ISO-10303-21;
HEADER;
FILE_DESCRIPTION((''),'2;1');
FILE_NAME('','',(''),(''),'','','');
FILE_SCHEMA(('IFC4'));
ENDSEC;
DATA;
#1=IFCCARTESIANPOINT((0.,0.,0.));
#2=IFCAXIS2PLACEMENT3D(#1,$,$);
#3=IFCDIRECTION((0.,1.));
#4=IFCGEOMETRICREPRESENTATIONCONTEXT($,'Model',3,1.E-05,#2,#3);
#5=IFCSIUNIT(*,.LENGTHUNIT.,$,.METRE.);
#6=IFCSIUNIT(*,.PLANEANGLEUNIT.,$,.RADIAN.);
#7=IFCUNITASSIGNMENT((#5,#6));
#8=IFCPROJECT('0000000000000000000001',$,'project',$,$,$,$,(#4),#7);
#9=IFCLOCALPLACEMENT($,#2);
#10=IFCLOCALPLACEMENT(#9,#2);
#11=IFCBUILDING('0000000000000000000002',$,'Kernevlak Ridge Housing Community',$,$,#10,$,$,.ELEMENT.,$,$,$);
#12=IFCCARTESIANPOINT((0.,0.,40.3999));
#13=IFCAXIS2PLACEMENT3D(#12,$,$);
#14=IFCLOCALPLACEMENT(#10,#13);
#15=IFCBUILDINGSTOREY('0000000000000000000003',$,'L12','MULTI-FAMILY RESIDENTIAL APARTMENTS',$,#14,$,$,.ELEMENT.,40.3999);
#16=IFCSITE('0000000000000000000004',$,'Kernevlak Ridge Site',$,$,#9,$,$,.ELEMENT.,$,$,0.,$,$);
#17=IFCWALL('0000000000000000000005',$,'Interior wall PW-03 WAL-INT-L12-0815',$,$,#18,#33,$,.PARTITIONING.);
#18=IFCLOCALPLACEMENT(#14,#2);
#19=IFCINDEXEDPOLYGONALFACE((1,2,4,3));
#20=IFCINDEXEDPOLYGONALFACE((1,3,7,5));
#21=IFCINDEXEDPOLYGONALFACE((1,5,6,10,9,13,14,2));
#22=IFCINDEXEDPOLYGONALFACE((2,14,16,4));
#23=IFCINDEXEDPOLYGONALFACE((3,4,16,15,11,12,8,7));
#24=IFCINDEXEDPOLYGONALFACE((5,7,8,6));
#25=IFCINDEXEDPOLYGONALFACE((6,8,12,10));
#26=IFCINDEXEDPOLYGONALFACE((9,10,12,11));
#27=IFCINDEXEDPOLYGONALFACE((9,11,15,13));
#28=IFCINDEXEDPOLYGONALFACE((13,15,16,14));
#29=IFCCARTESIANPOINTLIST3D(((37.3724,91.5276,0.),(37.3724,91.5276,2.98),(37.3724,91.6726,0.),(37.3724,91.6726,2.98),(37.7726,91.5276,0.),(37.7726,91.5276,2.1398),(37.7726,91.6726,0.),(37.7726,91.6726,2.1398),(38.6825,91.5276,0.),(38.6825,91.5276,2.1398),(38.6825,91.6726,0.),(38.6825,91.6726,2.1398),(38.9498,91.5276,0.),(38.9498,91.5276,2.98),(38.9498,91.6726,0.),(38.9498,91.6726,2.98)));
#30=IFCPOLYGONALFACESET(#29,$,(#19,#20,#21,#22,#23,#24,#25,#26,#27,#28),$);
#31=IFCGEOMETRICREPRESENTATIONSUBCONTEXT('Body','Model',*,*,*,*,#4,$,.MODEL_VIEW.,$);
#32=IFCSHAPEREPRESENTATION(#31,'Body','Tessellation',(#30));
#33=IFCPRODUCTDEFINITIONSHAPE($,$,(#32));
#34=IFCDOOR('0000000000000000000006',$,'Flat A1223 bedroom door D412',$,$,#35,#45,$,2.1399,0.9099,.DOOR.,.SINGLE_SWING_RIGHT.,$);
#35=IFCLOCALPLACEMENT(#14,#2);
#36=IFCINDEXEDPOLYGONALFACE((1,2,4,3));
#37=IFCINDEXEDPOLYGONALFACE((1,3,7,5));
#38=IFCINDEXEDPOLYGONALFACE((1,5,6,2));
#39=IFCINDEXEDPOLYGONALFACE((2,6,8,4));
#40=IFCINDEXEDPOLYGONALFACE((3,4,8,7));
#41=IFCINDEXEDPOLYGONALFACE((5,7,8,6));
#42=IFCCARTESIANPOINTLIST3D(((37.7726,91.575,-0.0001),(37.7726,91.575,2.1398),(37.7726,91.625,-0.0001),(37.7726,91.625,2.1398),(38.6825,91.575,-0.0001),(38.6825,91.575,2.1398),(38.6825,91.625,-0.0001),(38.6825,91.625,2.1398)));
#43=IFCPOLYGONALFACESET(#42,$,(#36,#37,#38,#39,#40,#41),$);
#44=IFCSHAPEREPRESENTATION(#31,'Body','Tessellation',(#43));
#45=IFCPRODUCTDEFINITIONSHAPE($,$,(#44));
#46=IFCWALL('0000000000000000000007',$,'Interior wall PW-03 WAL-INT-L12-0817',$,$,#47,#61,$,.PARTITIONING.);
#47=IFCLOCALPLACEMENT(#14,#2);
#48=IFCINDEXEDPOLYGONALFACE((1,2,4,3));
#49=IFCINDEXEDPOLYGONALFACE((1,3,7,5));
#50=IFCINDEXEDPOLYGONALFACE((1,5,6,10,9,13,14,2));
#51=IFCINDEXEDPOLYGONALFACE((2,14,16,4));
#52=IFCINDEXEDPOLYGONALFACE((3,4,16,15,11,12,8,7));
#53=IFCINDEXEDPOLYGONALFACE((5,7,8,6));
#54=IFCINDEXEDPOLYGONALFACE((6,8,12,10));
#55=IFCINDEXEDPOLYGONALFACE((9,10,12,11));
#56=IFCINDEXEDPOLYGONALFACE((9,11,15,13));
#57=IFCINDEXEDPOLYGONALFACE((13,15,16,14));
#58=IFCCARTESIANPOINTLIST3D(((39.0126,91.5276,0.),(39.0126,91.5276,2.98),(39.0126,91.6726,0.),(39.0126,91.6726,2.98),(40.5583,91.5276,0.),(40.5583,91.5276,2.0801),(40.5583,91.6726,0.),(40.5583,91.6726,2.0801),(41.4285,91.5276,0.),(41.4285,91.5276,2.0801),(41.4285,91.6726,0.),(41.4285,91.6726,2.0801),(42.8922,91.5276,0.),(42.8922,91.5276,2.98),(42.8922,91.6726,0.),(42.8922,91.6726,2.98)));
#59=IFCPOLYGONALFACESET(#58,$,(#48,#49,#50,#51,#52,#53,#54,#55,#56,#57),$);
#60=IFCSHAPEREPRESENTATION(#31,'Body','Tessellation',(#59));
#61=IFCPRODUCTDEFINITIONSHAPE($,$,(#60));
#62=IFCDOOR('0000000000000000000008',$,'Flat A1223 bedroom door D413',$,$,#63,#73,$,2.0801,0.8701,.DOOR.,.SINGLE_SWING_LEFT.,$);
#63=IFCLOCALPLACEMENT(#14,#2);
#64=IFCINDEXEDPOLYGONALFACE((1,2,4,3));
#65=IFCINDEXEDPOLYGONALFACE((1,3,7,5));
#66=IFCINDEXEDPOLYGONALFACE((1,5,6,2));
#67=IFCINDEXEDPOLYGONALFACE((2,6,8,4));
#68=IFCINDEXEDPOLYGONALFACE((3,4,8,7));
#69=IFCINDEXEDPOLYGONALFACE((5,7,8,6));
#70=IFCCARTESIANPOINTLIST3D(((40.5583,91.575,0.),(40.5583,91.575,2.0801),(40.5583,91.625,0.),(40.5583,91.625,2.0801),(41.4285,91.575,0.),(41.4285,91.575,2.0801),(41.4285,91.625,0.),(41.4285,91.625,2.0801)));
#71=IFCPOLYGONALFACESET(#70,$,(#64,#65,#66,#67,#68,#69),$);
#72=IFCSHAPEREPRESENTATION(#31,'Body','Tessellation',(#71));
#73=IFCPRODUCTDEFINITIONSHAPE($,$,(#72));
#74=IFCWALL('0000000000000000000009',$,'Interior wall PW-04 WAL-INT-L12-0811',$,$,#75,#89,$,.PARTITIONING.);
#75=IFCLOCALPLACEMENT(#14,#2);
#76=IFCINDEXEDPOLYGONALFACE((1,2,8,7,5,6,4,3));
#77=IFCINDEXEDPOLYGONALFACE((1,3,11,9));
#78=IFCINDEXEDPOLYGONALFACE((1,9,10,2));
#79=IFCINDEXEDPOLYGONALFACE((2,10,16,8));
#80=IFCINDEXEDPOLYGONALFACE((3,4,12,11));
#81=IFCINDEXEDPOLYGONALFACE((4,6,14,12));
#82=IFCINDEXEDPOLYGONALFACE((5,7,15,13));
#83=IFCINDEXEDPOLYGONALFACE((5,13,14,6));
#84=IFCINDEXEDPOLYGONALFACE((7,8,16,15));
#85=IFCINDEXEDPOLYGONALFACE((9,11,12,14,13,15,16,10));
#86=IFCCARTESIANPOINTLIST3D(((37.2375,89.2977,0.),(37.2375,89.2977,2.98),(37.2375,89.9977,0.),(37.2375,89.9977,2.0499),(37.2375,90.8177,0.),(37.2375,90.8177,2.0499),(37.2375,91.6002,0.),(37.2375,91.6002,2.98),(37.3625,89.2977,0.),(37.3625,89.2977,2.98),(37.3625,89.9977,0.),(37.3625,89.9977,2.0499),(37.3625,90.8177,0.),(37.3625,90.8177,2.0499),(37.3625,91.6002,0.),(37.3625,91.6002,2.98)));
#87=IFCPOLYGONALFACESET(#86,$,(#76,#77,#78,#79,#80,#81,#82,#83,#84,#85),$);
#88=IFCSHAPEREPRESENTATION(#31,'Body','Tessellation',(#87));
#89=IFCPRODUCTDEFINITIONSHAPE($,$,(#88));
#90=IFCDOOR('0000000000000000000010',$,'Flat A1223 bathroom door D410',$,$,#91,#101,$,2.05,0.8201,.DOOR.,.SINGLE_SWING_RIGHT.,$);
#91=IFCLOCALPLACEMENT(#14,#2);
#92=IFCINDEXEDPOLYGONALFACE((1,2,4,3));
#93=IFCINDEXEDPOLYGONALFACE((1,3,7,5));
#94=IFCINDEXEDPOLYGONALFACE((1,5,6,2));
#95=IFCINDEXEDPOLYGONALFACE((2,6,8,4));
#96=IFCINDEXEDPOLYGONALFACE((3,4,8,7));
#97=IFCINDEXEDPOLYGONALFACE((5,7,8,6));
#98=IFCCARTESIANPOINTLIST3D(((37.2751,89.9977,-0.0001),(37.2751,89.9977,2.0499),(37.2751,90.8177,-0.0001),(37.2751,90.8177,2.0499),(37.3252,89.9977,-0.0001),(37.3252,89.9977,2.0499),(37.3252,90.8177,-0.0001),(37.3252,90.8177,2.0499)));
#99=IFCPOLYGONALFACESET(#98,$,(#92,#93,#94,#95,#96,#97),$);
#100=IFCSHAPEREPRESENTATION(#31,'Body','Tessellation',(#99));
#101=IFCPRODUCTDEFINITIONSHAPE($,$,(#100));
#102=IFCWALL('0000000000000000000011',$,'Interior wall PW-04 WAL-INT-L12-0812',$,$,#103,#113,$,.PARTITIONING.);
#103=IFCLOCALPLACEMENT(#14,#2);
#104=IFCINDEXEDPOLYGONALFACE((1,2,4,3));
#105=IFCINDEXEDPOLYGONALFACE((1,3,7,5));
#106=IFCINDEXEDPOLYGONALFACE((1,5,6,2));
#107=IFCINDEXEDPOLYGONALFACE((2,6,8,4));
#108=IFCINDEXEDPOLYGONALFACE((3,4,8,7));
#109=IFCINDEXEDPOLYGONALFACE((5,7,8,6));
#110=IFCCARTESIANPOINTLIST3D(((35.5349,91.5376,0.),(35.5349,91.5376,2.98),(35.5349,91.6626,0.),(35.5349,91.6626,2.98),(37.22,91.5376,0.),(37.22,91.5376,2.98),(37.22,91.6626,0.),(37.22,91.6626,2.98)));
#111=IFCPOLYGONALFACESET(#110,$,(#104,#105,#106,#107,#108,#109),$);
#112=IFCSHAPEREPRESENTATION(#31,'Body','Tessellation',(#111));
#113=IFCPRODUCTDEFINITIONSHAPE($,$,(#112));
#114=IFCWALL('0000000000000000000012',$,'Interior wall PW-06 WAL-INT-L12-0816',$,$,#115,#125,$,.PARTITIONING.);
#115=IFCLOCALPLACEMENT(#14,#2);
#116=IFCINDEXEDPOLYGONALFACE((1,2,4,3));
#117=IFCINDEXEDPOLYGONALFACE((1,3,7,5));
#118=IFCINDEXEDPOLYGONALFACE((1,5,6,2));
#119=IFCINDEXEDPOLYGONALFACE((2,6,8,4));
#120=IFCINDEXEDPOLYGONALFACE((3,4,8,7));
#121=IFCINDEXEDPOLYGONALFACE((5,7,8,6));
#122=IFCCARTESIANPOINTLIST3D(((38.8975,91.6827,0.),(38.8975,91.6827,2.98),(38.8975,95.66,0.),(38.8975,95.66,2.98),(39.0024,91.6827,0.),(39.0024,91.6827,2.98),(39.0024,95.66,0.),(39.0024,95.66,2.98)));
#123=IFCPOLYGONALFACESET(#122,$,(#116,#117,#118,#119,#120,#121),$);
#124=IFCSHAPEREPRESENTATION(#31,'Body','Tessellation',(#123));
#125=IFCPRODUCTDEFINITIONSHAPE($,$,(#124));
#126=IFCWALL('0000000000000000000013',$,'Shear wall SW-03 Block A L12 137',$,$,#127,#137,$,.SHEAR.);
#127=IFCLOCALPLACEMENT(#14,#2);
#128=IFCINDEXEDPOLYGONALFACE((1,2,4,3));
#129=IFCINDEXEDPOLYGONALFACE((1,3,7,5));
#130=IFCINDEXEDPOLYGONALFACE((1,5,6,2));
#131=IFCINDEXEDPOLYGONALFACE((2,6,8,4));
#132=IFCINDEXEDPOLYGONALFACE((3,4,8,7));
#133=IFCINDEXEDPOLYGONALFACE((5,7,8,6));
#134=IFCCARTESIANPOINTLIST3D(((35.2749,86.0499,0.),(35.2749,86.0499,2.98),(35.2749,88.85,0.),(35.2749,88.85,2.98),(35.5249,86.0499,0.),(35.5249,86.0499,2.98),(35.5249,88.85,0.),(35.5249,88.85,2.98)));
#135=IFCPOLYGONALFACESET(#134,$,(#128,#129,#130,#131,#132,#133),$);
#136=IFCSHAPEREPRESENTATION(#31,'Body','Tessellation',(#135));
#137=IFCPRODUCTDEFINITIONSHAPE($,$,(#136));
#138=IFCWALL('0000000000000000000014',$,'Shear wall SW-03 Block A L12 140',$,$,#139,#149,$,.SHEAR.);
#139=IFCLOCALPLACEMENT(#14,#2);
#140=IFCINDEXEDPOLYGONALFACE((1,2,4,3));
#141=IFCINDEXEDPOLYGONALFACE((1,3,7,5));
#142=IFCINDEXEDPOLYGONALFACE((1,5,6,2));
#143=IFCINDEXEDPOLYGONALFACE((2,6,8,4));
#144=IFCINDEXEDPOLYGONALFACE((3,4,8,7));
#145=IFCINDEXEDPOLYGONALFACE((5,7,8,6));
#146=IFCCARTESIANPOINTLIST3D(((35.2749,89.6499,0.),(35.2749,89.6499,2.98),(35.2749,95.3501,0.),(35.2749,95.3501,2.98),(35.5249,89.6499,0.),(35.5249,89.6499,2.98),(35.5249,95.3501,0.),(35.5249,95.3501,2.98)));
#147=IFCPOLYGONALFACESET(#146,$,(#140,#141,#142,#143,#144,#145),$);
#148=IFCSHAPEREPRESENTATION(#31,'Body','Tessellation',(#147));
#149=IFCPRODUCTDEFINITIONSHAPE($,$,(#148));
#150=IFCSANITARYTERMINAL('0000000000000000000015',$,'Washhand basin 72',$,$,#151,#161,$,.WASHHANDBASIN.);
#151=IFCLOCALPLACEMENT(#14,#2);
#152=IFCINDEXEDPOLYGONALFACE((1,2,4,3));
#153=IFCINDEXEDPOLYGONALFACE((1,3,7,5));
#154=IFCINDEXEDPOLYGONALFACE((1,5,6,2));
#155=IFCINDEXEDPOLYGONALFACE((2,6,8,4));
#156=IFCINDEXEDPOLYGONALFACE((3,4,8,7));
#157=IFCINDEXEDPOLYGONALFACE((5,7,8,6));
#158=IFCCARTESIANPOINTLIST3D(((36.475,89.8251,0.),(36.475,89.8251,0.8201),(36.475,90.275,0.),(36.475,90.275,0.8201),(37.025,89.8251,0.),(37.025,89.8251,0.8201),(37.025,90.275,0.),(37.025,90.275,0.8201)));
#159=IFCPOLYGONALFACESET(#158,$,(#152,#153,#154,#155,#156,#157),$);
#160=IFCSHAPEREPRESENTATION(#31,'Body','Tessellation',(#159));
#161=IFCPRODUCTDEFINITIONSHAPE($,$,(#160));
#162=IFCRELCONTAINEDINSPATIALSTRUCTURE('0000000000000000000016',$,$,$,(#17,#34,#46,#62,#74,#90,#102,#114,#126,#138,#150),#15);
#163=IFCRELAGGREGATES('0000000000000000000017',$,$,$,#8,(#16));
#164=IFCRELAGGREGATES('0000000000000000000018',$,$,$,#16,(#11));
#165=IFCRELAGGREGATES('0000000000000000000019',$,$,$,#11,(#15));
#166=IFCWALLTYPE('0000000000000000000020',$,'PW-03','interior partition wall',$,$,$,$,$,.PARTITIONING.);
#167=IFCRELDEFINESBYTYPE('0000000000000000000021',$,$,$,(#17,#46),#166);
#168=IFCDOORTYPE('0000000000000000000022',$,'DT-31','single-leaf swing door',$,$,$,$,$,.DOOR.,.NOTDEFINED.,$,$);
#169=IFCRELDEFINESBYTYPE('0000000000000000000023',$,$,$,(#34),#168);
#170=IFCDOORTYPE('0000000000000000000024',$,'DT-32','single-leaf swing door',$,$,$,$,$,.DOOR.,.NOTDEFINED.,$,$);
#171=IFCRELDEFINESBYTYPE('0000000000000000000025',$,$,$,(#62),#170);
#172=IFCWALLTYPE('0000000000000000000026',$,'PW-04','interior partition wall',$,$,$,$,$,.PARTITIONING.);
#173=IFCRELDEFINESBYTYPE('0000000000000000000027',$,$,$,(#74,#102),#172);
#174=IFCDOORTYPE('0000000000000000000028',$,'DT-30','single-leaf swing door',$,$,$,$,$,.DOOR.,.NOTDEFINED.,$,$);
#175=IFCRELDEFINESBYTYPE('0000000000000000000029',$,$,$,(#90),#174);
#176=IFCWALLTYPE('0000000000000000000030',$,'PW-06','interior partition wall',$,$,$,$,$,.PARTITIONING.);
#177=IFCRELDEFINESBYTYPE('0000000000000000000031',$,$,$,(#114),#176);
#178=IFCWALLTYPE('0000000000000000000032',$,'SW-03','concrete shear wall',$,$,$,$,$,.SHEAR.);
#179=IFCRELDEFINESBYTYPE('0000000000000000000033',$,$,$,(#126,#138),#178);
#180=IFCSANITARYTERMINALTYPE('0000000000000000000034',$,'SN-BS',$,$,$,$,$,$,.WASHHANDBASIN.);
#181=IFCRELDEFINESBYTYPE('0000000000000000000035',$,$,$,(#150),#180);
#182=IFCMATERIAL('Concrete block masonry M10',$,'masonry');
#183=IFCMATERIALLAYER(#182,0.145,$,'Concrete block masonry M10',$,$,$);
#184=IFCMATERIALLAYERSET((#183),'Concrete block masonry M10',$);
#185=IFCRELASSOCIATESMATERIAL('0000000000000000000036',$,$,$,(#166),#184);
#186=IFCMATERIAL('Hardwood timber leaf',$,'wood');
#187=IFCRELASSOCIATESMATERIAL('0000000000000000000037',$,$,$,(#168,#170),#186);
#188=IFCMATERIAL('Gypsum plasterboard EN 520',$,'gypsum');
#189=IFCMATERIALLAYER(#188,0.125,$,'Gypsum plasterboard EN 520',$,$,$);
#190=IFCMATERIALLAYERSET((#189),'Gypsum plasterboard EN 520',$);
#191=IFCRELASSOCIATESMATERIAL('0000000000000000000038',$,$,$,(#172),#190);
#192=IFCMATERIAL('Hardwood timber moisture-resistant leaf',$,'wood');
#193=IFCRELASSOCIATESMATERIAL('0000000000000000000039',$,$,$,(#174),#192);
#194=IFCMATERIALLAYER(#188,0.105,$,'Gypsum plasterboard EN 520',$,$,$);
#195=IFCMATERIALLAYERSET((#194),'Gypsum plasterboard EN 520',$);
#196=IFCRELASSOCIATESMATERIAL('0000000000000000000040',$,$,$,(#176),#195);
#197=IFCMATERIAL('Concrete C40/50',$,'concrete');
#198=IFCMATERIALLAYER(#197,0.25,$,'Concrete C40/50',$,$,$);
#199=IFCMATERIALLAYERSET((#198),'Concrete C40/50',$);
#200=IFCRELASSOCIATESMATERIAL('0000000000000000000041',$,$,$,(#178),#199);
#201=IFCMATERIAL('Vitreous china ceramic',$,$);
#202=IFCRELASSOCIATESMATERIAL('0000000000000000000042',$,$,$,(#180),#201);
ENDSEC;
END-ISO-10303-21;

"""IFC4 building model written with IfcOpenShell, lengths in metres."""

from ifc_helpers import new_model, si_unit, direction, frame, frame_2d, origin, origin_2d, place, context, subcontext, project, spatial, rectangle, extrude, material, layer, layer_set, type_object, element, fill, save


model = new_model("IFC4")

# Units and contexts
model_context = context("Model", 3, precision=1e-05, world=origin(), true_north=direction((0.0, 1.0)))
body_context = subcontext(model_context, "Body", "Model", "MODEL_VIEW")
ifc_project = project(units=[si_unit("LENGTHUNIT", "METRE"), si_unit("PLANEANGLEUNIT", "RADIAN")], contexts=[model_context])

# Site, building, storey
site_placement = place(None, origin())
site = spatial("IfcSite", under=ifc_project, at=site_placement, Name="Kernevlak Ridge Site", CompositionType="ELEMENT", RefElevation=0.0)
building_placement = place(site_placement, origin())
building = spatial("IfcBuilding", under=site, at=building_placement, Name="Kernevlak Ridge Housing Community", CompositionType="ELEMENT")
storey_placement = place(building_placement, frame((0.0, 0.0, 40.3999)))
storey = spatial("IfcBuildingStorey", under=building, at=storey_placement, Name="L12", Description="MULTI-FAMILY RESIDENTIAL APARTMENTS", CompositionType="ELEMENT", Elevation=40.3999)

# Shared definitions
ifc_material_1 = material(Name="Concrete block masonry M10", Category="masonry")

# Shared definitions
ifc_layer_1 = layer(ifc_material_1, 0.145, Name="Concrete block masonry M10")
ifc_layer_set_1 = layer_set([ifc_layer_1], Name="Concrete block masonry M10")
wall_type_1 = type_object("IfcWallType", Name="PW-03", Description="interior partition wall", PredefinedType="PARTITIONING", material=ifc_layer_set_1)

# Walls, openings, doors
wall_1_placement = place(storey_placement, frame((37.3726, 91.6001, 0.0), z_axis=(0.0, 0.0, 1.0), x_axis=(1.0, 0.0, 0.0)))
wall_1 = element("IfcWall", 1, at=wall_1_placement, inside=storey, type_object=wall_type_1, Name="Interior wall PW-03 WAL-INT-L12-0815", PredefinedType="PARTITIONING", context=body_context, shape_type="SweptSolid", body=[
    extrude(rectangle(XDim=1.5774, YDim=0.145, at=frame_2d((0.7886, 0.0))), origin(), (0.0, 0.0, 1.0), 2.98),
])
opening_1_placement = place(wall_1_placement, frame((0.3999, 0.0, 0.0)))
opening_1 = element("IfcOpeningElement", 2, at=opening_1_placement, cuts=wall_1, PredefinedType="OPENING", context=body_context, shape_type="SweptSolid", body=[
    extrude(rectangle(XDim=0.9099, YDim=2.1399, at=frame_2d((0.4551, 1.0698))), frame((0.0, 0.0825, 0.0), z_axis=(0.0, -1.0, 0.0), x_axis=(1.0, 0.0, 0.0)), (0.0, 0.0, 1.0), 0.165),
])
ifc_material_2 = material(Name="Hardwood timber leaf", Category="wood")
door_type_1 = type_object("IfcDoorType", Name="DT-31", Description="single-leaf swing door", OperationType="NOTDEFINED", PredefinedType="DOOR", material=ifc_material_2)
door_1_placement = place(opening_1_placement, origin())
door_1 = element("IfcDoor", 3, at=door_1_placement, inside=storey, type_object=door_type_1, Name="Flat A1223 bedroom door D412", OperationType="SINGLE_SWING_RIGHT", OverallHeight=2.1399, OverallWidth=0.9099, PredefinedType="DOOR", context=body_context, shape_type="SweptSolid", body=[
    extrude(rectangle(XDim=0.9099, YDim=2.1399, at=frame_2d((0.4551, 1.0698))), frame((0.0, 0.0249, 0.0), z_axis=(0.0, -1.0, 0.0), x_axis=(1.0, 0.0, 0.0)), (0.0, 0.0, 1.0), 0.05),
])
fill(opening_1, door_1)
wall_2_placement = place(storey_placement, frame((39.0125, 91.6001, 0.0), z_axis=(0.0, 0.0, 1.0), x_axis=(1.0, 0.0, 0.0)))
wall_2 = element("IfcWall", 4, at=wall_2_placement, inside=storey, type_object=wall_type_1, Name="Interior wall PW-03 WAL-INT-L12-0817", PredefinedType="PARTITIONING", context=body_context, shape_type="SweptSolid", body=[
    extrude(rectangle(XDim=3.8796, YDim=0.145, at=frame_2d((1.9399, 0.0))), origin(), (0.0, 0.0, 1.0), 2.98),
])
opening_2_placement = place(wall_2_placement, frame((1.5459, 0.0, 0.0)))
opening_2 = element("IfcOpeningElement", 5, at=opening_2_placement, cuts=wall_2, PredefinedType="OPENING", context=body_context, shape_type="SweptSolid", body=[
    extrude(rectangle(XDim=0.8701, YDim=2.0801, at=frame_2d((0.4351, 1.04))), frame((0.0, 0.0825, 0.0), z_axis=(0.0, -1.0, 0.0), x_axis=(1.0, 0.0, 0.0)), (0.0, 0.0, 1.0), 0.165),
])
door_type_2 = type_object("IfcDoorType", Name="DT-32", Description="single-leaf swing door", OperationType="NOTDEFINED", PredefinedType="DOOR", material=ifc_material_2)
door_2_placement = place(opening_2_placement, origin())
door_2 = element("IfcDoor", 6, at=door_2_placement, inside=storey, type_object=door_type_2, Name="Flat A1223 bedroom door D413", OperationType="SINGLE_SWING_LEFT", OverallHeight=2.0801, OverallWidth=0.8701, PredefinedType="DOOR", context=body_context, shape_type="SweptSolid", body=[
    extrude(rectangle(XDim=0.8701, YDim=2.0801, at=frame_2d((0.4351, 1.04))), frame((0.0, 0.0249, 0.0), z_axis=(0.0, -1.0, 0.0), x_axis=(1.0, 0.0, 0.0)), (0.0, 0.0, 1.0), 0.05),
])
fill(opening_2, door_2)
ifc_material_3 = material(Name="Gypsum plasterboard EN 520", Category="gypsum")
ifc_layer_2 = layer(ifc_material_3, 0.125, Name="Gypsum plasterboard EN 520")
ifc_layer_set_2 = layer_set([ifc_layer_2], Name="Gypsum plasterboard EN 520")
wall_type_2 = type_object("IfcWallType", Name="PW-04", Description="interior partition wall", PredefinedType="PARTITIONING", material=ifc_layer_set_2)
wall_3_placement = place(storey_placement, frame((37.3, 89.2976, 0.0), z_axis=(0.0, 0.0, 1.0), x_axis=(0.0, 1.0, 0.0)))
wall_3 = element("IfcWall", 7, at=wall_3_placement, inside=storey, type_object=wall_type_2, Name="Interior wall PW-04 WAL-INT-L12-0811", PredefinedType="PARTITIONING", context=body_context, shape_type="SweptSolid", body=[
    extrude(rectangle(XDim=2.3025, YDim=0.125, at=frame_2d((1.1514, 0.0))), origin(), (0.0, 0.0, 1.0), 2.98),
])
opening_3_placement = place(wall_3_placement, frame((0.7, 0.0, 0.0)))
opening_3 = element("IfcOpeningElement", 8, at=opening_3_placement, cuts=wall_3, PredefinedType="OPENING", context=body_context, shape_type="SweptSolid", body=[
    extrude(rectangle(XDim=0.8201, YDim=2.05, at=frame_2d((0.4102, 1.0249))), frame((0.0, 0.0725, 0.0), z_axis=(0.0, -1.0, 0.0), x_axis=(1.0, 0.0, 0.0)), (0.0, 0.0, 1.0), 0.145),
])
ifc_material_4 = material(Name="Hardwood timber moisture-resistant leaf", Category="wood")
door_type_3 = type_object("IfcDoorType", Name="DT-30", Description="single-leaf swing door", OperationType="NOTDEFINED", PredefinedType="DOOR", material=ifc_material_4)
door_3_placement = place(opening_3_placement, origin())
door_3 = element("IfcDoor", 9, at=door_3_placement, inside=storey, type_object=door_type_3, Name="Flat A1223 bathroom door D410", OperationType="SINGLE_SWING_RIGHT", OverallHeight=2.05, OverallWidth=0.8201, PredefinedType="DOOR", context=body_context, shape_type="SweptSolid", body=[
    extrude(rectangle(XDim=0.8201, YDim=2.05, at=frame_2d((0.4102, 1.0249))), frame((0.0, 0.0249, 0.0), z_axis=(0.0, -1.0, 0.0), x_axis=(1.0, 0.0, 0.0)), (0.0, 0.0, 1.0), 0.05),
])
fill(opening_3, door_3)

# Walls
wall_4_placement = place(storey_placement, frame((35.5349, 91.6001, 0.0), z_axis=(0.0, 0.0, 1.0), x_axis=(1.0, 0.0, 0.0)))
element("IfcWall", 10, at=wall_4_placement, inside=storey, type_object=wall_type_2, Name="Interior wall PW-04 WAL-INT-L12-0812", PredefinedType="PARTITIONING", context=body_context, shape_type="SweptSolid", body=[
    extrude(rectangle(XDim=1.6851, YDim=0.125, at=frame_2d((0.8425, 0.0))), origin(), (0.0, 0.0, 1.0), 2.98),
])
ifc_layer_3 = layer(ifc_material_3, 0.105, Name="Gypsum plasterboard EN 520")
ifc_layer_set_3 = layer_set([ifc_layer_3], Name="Gypsum plasterboard EN 520")
wall_type_3 = type_object("IfcWallType", Name="PW-06", Description="interior partition wall", PredefinedType="PARTITIONING", material=ifc_layer_set_3)
wall_5_placement = place(storey_placement, frame((38.95, 91.6826, 0.0), z_axis=(0.0, 0.0, 1.0), x_axis=(0.0, 1.0, 0.0)))
element("IfcWall", 11, at=wall_5_placement, inside=storey, type_object=wall_type_3, Name="Interior wall PW-06 WAL-INT-L12-0816", PredefinedType="PARTITIONING", context=body_context, shape_type="SweptSolid", body=[
    extrude(rectangle(XDim=3.9773, YDim=0.105, at=frame_2d((1.9888, 0.0))), origin(), (0.0, 0.0, 1.0), 2.98),
])
ifc_material_5 = material(Name="Concrete C40/50", Category="concrete")
ifc_layer_4 = layer(ifc_material_5, 0.25, Name="Concrete C40/50")
ifc_layer_set_4 = layer_set([ifc_layer_4], Name="Concrete C40/50")
wall_type_4 = type_object("IfcWallType", Name="SW-03", Description="concrete shear wall", PredefinedType="SHEAR", material=ifc_layer_set_4)
wall_6_placement = place(storey_placement, frame((35.3999, 86.05, 0.0), z_axis=(0.0, 0.0, 1.0), x_axis=(0.0, 1.0, 0.0)))
element("IfcWall", 12, at=wall_6_placement, inside=storey, type_object=wall_type_4, Name="Shear wall SW-03 Block A L12 137", PredefinedType="SHEAR", context=body_context, shape_type="SweptSolid", body=[
    extrude(rectangle(XDim=2.8, YDim=0.25, at=frame_2d((1.3999, 0.0))), origin(), (0.0, 0.0, 1.0), 2.98),
])
wall_7_placement = place(storey_placement, frame((35.3999, 89.6499, 0.0), z_axis=(0.0, 0.0, 1.0), x_axis=(0.0, 1.0, 0.0)))
element("IfcWall", 13, at=wall_7_placement, inside=storey, type_object=wall_type_4, Name="Shear wall SW-03 Block A L12 140", PredefinedType="SHEAR", context=body_context, shape_type="SweptSolid", body=[
    extrude(rectangle(XDim=5.7002, YDim=0.25, at=frame_2d((2.8501, 0.0))), origin(), (0.0, 0.0, 1.0), 2.98),
])

# Sanitary terminal
ifc_material_6 = material(Name="Vitreous china ceramic")
sanitary_terminal_type_1 = type_object("IfcSanitaryTerminalType", Name="SN-BS", PredefinedType="WASHHANDBASIN", material=ifc_material_6)
sanitary_terminal_1_placement = place(storey_placement, frame((36.75, 90.05, 0.0), z_axis=(0.0, 0.0, 1.0), x_axis=(1.0, 0.0, 0.0)))
element("IfcSanitaryTerminal", 14, at=sanitary_terminal_1_placement, inside=storey, type_object=sanitary_terminal_type_1, Name="Washhand basin 72", PredefinedType="WASHHANDBASIN", context=body_context, shape_type="SweptSolid", body=[
    extrude(rectangle(XDim=0.55, YDim=0.45, at=origin_2d()), origin(), (0.0, 0.0, 1.0), 0.8201),
])

save(model, "model.ifc")
